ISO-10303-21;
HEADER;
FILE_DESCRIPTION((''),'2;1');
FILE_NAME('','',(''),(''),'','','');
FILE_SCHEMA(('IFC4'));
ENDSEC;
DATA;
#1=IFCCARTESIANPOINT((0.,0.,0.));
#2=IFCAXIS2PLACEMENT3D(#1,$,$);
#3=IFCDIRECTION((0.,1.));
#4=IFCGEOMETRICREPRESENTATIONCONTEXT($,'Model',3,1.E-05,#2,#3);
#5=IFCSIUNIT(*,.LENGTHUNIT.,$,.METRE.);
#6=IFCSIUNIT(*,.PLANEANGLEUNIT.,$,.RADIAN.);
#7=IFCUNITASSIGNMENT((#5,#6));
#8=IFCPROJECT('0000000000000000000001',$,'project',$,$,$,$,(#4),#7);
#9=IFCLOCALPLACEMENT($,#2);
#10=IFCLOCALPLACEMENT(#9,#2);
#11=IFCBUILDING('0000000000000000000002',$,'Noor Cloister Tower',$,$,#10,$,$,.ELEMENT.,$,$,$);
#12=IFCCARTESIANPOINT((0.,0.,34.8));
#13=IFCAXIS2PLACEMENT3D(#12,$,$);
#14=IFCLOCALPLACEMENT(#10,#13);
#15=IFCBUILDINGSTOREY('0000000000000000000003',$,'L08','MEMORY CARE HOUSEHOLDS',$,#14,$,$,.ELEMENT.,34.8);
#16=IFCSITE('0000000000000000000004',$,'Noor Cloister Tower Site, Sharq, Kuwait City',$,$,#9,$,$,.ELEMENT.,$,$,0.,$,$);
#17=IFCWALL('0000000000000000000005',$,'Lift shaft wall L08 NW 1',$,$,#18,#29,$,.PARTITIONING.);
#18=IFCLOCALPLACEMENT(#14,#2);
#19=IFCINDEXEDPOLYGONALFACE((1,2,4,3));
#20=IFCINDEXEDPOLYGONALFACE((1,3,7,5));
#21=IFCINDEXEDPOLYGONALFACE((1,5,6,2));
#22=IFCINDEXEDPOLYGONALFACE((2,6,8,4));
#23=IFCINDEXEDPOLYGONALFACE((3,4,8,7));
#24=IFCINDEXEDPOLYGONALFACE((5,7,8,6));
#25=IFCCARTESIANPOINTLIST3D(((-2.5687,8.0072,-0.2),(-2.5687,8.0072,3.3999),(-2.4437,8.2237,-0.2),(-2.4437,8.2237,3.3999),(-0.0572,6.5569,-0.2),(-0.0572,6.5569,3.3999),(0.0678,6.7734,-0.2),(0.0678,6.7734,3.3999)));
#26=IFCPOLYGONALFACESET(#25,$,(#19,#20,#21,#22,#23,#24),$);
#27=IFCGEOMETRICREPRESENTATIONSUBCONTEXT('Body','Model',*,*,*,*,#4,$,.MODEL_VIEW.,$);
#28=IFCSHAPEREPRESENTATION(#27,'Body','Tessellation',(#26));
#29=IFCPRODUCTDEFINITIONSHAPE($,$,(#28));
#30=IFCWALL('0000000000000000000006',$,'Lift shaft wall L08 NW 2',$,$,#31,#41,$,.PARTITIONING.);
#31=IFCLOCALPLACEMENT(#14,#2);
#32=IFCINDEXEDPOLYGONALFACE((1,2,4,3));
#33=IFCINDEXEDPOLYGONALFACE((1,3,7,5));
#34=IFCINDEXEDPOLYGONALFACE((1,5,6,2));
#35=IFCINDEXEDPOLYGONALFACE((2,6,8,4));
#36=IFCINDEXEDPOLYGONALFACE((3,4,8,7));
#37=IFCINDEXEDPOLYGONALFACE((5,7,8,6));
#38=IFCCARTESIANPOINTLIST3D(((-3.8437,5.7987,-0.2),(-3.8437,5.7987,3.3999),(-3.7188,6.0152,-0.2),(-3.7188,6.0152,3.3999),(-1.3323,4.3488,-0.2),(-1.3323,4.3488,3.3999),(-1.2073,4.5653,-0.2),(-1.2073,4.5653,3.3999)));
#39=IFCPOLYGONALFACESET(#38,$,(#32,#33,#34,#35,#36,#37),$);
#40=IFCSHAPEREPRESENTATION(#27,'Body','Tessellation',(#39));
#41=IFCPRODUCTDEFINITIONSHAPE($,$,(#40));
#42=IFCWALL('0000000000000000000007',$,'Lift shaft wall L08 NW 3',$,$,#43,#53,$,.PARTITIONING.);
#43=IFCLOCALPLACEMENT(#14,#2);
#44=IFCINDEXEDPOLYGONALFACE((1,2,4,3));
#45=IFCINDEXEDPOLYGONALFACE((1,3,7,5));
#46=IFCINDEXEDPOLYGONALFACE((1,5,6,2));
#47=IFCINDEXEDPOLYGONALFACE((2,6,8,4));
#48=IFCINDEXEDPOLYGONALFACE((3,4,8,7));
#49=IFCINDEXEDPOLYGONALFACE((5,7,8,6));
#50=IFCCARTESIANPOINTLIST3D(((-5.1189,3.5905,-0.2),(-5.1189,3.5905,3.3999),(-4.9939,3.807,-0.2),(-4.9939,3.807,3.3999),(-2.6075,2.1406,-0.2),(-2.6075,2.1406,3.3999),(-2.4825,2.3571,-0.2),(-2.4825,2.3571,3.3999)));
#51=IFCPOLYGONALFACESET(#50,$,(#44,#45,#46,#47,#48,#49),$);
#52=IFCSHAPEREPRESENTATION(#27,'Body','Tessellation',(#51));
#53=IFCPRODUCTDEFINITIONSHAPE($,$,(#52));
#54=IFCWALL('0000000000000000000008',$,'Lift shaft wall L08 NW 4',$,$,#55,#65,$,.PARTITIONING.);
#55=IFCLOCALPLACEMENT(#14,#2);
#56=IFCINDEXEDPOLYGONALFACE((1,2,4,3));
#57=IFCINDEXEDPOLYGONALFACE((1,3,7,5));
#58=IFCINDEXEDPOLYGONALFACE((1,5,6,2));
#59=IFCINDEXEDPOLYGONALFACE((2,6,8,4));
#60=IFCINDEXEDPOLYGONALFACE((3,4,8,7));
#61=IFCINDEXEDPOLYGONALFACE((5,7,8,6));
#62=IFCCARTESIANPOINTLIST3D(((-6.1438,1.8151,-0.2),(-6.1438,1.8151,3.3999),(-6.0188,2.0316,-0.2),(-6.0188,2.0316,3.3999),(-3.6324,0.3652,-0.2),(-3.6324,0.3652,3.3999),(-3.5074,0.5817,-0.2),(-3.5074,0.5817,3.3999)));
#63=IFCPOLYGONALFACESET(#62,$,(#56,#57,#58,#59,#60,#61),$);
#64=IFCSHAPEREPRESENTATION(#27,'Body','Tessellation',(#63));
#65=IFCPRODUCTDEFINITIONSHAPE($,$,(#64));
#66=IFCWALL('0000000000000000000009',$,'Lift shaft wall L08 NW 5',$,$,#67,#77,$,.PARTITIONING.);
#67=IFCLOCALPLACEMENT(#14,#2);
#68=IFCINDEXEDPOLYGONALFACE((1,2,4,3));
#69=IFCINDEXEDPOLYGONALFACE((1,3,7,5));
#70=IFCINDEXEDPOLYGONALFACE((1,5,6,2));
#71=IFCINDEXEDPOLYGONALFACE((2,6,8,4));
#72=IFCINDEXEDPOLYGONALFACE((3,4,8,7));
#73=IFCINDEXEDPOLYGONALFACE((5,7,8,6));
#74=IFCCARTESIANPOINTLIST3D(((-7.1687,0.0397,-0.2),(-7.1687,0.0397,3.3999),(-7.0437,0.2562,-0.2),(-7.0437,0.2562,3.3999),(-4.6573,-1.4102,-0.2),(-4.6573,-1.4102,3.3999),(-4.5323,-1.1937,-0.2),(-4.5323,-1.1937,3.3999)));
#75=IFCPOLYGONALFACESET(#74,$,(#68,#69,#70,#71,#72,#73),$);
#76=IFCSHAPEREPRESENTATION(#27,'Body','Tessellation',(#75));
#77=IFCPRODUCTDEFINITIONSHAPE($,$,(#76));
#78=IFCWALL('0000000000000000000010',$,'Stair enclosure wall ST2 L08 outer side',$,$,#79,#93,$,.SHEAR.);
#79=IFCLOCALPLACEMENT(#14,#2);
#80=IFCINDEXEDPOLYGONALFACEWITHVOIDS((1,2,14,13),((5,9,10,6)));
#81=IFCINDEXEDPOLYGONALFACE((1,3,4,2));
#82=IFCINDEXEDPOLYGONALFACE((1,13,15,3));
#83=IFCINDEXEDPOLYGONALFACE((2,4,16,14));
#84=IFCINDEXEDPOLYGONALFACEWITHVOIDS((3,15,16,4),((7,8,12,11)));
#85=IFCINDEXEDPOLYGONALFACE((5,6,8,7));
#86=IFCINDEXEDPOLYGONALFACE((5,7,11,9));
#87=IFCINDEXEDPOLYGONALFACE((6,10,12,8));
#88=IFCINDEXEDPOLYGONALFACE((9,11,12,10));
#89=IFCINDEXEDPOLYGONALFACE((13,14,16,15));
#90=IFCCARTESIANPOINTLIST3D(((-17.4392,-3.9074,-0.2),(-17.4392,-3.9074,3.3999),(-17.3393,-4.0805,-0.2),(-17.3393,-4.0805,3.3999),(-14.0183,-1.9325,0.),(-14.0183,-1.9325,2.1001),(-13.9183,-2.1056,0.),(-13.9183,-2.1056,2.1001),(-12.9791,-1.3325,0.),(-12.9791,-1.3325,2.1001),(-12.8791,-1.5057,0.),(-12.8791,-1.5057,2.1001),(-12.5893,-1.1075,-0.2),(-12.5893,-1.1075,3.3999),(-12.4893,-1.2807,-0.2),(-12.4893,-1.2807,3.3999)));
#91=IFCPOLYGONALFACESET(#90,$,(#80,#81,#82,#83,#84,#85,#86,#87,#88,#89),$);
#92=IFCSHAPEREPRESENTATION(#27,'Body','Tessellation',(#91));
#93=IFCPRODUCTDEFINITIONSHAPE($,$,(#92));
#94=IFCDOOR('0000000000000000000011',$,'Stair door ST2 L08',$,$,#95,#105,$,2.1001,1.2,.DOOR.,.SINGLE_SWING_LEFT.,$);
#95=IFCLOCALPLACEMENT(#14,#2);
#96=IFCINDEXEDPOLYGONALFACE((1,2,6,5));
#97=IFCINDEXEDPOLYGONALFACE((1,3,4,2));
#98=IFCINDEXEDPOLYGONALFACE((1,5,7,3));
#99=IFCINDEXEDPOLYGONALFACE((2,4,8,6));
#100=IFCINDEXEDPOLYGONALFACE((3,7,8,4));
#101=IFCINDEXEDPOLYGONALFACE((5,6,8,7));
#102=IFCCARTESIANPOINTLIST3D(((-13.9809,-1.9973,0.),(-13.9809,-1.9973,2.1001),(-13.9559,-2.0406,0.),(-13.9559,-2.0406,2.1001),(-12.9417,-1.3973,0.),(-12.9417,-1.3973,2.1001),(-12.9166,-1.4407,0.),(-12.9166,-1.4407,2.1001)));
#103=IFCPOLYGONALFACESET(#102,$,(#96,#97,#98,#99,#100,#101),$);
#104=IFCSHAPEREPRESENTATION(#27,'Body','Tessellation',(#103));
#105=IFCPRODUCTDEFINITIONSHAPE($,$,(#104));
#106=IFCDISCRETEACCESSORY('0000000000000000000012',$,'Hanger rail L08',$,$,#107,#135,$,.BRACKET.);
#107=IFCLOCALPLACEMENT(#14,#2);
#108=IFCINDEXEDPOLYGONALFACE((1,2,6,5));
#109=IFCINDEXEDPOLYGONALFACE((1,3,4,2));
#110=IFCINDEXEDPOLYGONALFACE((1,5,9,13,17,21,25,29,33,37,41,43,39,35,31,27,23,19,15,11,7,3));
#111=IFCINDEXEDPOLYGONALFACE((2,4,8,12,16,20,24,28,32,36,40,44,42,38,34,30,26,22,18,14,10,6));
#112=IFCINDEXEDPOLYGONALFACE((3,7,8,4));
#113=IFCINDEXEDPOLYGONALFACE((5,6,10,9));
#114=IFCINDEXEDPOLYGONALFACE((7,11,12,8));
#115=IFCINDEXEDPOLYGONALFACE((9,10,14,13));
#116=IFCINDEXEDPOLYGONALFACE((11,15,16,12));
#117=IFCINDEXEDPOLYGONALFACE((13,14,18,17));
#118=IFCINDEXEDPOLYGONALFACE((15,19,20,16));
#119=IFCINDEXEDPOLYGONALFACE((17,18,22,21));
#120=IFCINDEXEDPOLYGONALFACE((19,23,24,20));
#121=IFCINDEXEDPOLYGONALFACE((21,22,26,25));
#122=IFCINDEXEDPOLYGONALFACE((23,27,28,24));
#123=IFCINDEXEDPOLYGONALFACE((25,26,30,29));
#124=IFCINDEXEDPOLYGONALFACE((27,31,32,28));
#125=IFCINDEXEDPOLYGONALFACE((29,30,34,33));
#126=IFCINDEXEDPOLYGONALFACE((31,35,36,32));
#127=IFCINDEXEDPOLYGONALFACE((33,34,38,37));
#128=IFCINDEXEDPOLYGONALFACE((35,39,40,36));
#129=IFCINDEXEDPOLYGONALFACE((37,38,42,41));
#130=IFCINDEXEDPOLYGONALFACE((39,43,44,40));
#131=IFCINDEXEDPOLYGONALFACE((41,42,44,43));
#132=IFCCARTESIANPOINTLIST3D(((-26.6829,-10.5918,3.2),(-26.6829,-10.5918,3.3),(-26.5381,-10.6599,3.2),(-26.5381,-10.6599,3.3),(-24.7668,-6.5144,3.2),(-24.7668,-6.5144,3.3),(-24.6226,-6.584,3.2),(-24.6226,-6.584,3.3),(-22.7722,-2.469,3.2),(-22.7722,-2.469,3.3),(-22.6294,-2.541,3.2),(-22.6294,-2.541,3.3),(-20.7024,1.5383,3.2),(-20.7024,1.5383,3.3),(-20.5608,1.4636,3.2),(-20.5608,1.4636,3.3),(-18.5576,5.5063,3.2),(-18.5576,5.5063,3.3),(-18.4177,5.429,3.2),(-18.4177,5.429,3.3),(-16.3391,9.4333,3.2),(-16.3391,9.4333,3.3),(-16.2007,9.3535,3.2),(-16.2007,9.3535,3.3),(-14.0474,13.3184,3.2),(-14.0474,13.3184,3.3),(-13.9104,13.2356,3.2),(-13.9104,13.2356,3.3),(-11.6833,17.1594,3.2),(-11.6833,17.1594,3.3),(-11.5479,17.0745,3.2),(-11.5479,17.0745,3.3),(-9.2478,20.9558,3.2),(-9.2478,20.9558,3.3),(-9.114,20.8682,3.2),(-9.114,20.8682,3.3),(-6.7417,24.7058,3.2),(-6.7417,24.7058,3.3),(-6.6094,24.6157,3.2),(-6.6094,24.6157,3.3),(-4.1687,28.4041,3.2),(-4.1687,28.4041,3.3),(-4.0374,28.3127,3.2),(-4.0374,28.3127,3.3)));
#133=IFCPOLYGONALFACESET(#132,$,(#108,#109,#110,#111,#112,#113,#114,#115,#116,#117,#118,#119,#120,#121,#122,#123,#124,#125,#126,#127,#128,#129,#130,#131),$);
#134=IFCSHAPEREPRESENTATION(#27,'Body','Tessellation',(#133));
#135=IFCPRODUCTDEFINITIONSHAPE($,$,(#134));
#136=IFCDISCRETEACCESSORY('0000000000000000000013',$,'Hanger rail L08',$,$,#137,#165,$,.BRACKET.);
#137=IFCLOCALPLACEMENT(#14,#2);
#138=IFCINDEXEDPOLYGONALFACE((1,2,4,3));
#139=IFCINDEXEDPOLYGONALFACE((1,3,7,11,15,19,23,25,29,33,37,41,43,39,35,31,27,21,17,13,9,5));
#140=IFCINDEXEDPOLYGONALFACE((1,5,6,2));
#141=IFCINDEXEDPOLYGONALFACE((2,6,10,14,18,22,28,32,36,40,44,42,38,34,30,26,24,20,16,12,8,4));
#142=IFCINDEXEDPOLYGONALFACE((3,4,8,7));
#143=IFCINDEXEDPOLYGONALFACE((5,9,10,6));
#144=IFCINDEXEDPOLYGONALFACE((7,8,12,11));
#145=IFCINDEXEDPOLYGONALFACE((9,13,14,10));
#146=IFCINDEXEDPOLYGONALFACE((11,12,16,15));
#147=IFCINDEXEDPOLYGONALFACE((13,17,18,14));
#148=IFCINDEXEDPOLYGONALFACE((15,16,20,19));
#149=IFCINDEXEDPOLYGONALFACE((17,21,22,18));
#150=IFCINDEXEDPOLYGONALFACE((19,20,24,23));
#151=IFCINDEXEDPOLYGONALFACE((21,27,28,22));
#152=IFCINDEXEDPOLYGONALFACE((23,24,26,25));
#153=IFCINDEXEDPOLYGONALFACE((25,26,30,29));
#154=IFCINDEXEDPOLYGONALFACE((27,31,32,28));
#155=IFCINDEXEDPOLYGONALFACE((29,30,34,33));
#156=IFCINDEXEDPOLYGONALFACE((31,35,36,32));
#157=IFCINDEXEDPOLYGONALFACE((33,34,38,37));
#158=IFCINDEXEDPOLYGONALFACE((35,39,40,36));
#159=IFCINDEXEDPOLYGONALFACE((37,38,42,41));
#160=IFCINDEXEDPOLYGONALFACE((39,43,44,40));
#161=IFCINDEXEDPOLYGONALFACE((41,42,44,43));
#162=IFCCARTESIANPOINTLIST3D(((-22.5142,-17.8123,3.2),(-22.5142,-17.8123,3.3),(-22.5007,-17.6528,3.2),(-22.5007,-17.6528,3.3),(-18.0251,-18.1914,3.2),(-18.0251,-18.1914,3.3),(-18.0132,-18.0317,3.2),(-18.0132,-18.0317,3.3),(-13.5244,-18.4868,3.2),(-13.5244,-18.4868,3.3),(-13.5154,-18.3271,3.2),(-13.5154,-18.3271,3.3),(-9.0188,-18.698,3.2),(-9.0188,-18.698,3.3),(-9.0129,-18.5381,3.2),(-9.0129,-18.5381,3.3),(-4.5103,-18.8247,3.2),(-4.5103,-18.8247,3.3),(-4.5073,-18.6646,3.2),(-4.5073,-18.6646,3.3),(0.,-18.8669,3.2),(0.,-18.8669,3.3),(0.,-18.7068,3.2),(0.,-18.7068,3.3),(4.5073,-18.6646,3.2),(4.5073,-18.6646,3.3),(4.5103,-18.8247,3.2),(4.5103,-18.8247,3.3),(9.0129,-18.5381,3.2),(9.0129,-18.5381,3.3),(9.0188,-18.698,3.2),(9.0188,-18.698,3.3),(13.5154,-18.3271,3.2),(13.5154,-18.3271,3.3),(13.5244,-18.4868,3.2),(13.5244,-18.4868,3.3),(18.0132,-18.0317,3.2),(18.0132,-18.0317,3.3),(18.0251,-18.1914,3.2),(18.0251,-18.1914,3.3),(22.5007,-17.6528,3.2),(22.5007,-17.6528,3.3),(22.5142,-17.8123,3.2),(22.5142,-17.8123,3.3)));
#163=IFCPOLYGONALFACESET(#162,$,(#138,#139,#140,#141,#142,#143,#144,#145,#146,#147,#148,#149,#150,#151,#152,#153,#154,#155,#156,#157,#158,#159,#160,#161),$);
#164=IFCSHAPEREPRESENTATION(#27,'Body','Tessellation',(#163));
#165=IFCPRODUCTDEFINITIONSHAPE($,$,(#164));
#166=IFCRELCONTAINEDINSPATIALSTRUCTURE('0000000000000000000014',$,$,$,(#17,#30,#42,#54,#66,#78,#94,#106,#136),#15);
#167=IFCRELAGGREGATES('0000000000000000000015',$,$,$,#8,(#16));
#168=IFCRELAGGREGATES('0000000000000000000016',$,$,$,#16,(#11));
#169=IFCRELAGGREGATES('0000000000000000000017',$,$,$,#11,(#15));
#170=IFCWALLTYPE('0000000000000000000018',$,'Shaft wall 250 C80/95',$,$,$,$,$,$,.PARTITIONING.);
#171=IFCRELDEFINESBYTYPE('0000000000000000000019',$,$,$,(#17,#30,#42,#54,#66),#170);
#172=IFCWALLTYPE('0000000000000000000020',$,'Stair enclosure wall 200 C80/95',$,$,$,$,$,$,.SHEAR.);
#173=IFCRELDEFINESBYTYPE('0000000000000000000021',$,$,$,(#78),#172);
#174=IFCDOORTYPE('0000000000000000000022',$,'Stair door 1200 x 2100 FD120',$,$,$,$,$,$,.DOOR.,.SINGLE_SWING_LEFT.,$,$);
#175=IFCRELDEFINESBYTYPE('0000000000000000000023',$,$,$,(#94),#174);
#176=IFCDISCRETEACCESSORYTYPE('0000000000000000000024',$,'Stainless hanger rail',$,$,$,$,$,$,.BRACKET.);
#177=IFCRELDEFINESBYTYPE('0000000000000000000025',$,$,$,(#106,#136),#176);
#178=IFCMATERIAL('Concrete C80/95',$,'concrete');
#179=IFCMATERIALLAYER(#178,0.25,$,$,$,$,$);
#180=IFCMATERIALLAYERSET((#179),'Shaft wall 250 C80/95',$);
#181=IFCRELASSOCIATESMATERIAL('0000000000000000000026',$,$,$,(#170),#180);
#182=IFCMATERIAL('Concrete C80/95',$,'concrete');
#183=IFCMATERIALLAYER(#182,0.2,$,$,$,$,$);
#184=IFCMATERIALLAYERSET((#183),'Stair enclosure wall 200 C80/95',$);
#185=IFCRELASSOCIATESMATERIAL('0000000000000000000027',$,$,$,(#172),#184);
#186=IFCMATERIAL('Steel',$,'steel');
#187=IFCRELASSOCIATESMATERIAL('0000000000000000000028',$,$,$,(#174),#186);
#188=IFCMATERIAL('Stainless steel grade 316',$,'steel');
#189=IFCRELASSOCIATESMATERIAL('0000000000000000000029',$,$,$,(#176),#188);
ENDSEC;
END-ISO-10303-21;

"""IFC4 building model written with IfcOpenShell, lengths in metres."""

from ifc_helpers import new_model, si_unit, direction, frame, frame_2d, origin, place, context, subcontext, project, spatial, polyline, rectangle, outline, extrude, material, layer, layer_set, type_object, element, fill, save


model = new_model("IFC4")

# Units and contexts
model_context = context("Model", 3, precision=1e-05, world=origin(), true_north=direction((0.0, 1.0)))
body_context = subcontext(model_context, "Body", "Model", "MODEL_VIEW")
ifc_project = project(units=[si_unit("LENGTHUNIT", "METRE"), si_unit("PLANEANGLEUNIT", "RADIAN")], contexts=[model_context])

# Site, building, storey
site_placement = place(None, origin())
site = spatial("IfcSite", under=ifc_project, at=site_placement, Name="Noor Cloister Tower Site, Sharq, Kuwait City", CompositionType="ELEMENT", RefElevation=0.0)
building_placement = place(site_placement, origin())
building = spatial("IfcBuilding", under=site, at=building_placement, Name="Noor Cloister Tower", CompositionType="ELEMENT")
storey_placement = place(building_placement, frame((0.0, 0.0, 34.8)))
storey = spatial("IfcBuildingStorey", under=building, at=storey_placement, Name="L08", Description="MEMORY CARE HOUSEHOLDS", CompositionType="ELEMENT", Elevation=34.8)

# Walls
ifc_material_1 = material(Name="Concrete C80/95", Category="concrete")
ifc_layer_1 = layer(ifc_material_1, 0.25)
ifc_layer_set_1 = layer_set([ifc_layer_1], Name="Shaft wall 250 C80/95")
wall_type_1 = type_object("IfcWallType", Name="Shaft wall 250 C80/95", PredefinedType="PARTITIONING", material=ifc_layer_set_1)
wall_1_placement = place(storey_placement, frame((-2.5063, 8.1155, -0.2), z_axis=(0.0, 0.0, 1.0), x_axis=(0.865996, -0.50005, 0.0)))
element("IfcWall", 1, at=wall_1_placement, inside=storey, type_object=wall_type_1, Name="Lift shaft wall L08 NW 1", PredefinedType="PARTITIONING", context=body_context, shape_type="SweptSolid", body=[
    extrude(rectangle(XDim=2.9001, YDim=0.25, at=frame_2d((1.4502, 0.0))), origin(), (0.0, 0.0, 1.0), 3.5999),
])
for number, where, z_axis, x_axis, name in (
    (2, (-3.7812, 5.907, -0.2), (0.0, 0.0, 1.0), (0.866033, -0.499987, 0.0), "Lift shaft wall L08 NW 2"),
    (3, (-5.0564, 3.6987, -0.2), (0.0, 0.0, 1.0), (0.866033, -0.499987, 0.0), "Lift shaft wall L08 NW 3"),
    (4, (-6.0813, 1.9233, -0.2), (0.0, 0.0, 1.0), (0.866033, -0.499987, 0.0), "Lift shaft wall L08 NW 4"),
    (5, (-7.1062, 0.1479, -0.2), (0.0, 0.0, 1.0), (0.866033, -0.499987, 0.0), "Lift shaft wall L08 NW 5"),
):
    element("IfcWall", number, at=place(storey_placement, frame(where, z_axis=z_axis, x_axis=x_axis)), inside=storey, type_object=wall_type_1, Name=name, PredefinedType="PARTITIONING", context=body_context, shape_type="SweptSolid", body=[
        extrude(rectangle(XDim=2.8999, YDim=0.25, at=frame_2d((1.45, 0.0))), origin(), (0.0, 0.0, 1.0), 3.5999),
    ])

# Wall, opening, door
ifc_material_2 = material(Name="Concrete C80/95", Category="concrete")
ifc_layer_2 = layer(ifc_material_2, 0.2)
ifc_layer_set_2 = layer_set([ifc_layer_2], Name="Stair enclosure wall 200 C80/95")
wall_type_2 = type_object("IfcWallType", Name="Stair enclosure wall 200 C80/95", PredefinedType="SHEAR", material=ifc_layer_set_2)
wall_2_placement = place(storey_placement, frame((-12.5393, -1.1941, -0.2), z_axis=(0.0, 0.0, 1.0), x_axis=(-0.866045, -0.499965, 0.0)))
wall_2 = element("IfcWall", 6, at=wall_2_placement, inside=storey, type_object=wall_type_2, Name="Stair enclosure wall ST2 L08 outer side", PredefinedType="SHEAR", context=body_context, shape_type="SweptSolid", body=[
    extrude(rectangle(XDim=5.6001, YDim=0.2, at=frame_2d((2.8, 0.0))), origin(), (0.0, 0.0, 1.0), 3.5999),
])
opening_1_placement = place(wall_2_placement, frame((0.45, 0.0, 0.2)))
opening_1 = element("IfcOpeningElement", 7, at=opening_1_placement, cuts=wall_2, PredefinedType="OPENING", context=body_context, shape_type="SweptSolid", body=[
    extrude(rectangle(XDim=1.2, YDim=2.1001, at=frame_2d((0.6001, 1.05))), frame((0.0, 0.1099, 0.0), z_axis=(0.0, -1.0, 0.0), x_axis=(1.0, 0.0, 0.0)), (0.0, 0.0, 1.0), 0.22),
])
ifc_material_3 = material(Name="Steel", Category="steel")
door_type_1 = type_object("IfcDoorType", Name="Stair door 1200 x 2100 FD120", OperationType="SINGLE_SWING_LEFT", PredefinedType="DOOR", material=ifc_material_3)
door_1_placement = place(opening_1_placement, origin())
door_1 = element("IfcDoor", 8, at=door_1_placement, inside=storey, type_object=door_type_1, Name="Stair door ST2 L08", OperationType="SINGLE_SWING_LEFT", OverallHeight=2.1001, OverallWidth=1.2, PredefinedType="DOOR", context=body_context, shape_type="SweptSolid", body=[
    extrude(rectangle(XDim=1.2, YDim=2.1001, at=frame_2d((0.6001, 1.05))), frame((0.0, 0.0249, 0.0), z_axis=(0.0, -1.0, 0.0), x_axis=(1.0, 0.0, 0.0)), (0.0, 0.0, 1.0), 0.05),
])
fill(opening_1, door_1)

# Discrete accessories
ifc_material_4 = material(Name="Stainless steel grade 316", Category="steel")
discrete_accessory_type = type_object("IfcDiscreteAccessoryType", Name="Stainless hanger rail", PredefinedType="BRACKET", material=ifc_material_4)
discrete_accessory_1_placement = place(storey_placement, frame((0.0, 0.0, 3.2)))
element("IfcDiscreteAccessory", 9, at=discrete_accessory_1_placement, inside=storey, type_object=discrete_accessory_type, Name="Hanger rail L08", PredefinedType="BRACKET", context=body_context, shape_type="SweptSolid", body=[
    extrude(outline(polyline([(-4.1687, 28.4041), (-6.7417, 24.7058), (-9.2478, 20.9558), (-11.6833, 17.1594), (-14.0474, 13.3184), (-16.3391, 9.4333), (-18.5576, 5.5063), (-20.7024, 1.5383), (-22.7722, -2.469), (-24.7668, -6.5144), (-26.6829, -10.5918), (-26.5381, -10.6599), (-24.6226, -6.584), (-22.6294, -2.541), (-20.5608, 1.4636), (-18.4177, 5.429), (-16.2007, 9.3535), (-13.9104, 13.2356), (-11.5479, 17.0745), (-9.114, 20.8682), (-6.6094, 24.6157), (-4.0374, 28.3127), (-4.1687, 28.4041)])), origin(), (0.0, 0.0, 1.0), 0.1001),
])
discrete_accessory_2_placement = place(storey_placement, frame((0.0, 0.0, 3.2)))
element("IfcDiscreteAccessory", 10, at=discrete_accessory_2_placement, inside=storey, type_object=discrete_accessory_type, Name="Hanger rail L08", PredefinedType="BRACKET", context=body_context, shape_type="SweptSolid", body=[
    extrude(outline(polyline([(-22.5142, -17.8123), (-18.0251, -18.1914), (-13.5244, -18.4868), (-9.0188, -18.698), (-4.5103, -18.8247), (0.0, -18.8669), (4.5103, -18.8247), (9.0188, -18.698), (13.5244, -18.4868), (18.0251, -18.1914), (22.5142, -17.8123), (22.5007, -17.6528), (18.0132, -18.0317), (13.5154, -18.3271), (9.0129, -18.5381), (4.5073, -18.6646), (0.0, -18.7068), (-4.5073, -18.6646), (-9.0129, -18.5381), (-13.5154, -18.3271), (-18.0132, -18.0317), (-22.5007, -17.6528), (-22.5142, -17.8123)])), origin(), (0.0, 0.0, 1.0), 0.1001),
])

save(model, "model.ifc")
